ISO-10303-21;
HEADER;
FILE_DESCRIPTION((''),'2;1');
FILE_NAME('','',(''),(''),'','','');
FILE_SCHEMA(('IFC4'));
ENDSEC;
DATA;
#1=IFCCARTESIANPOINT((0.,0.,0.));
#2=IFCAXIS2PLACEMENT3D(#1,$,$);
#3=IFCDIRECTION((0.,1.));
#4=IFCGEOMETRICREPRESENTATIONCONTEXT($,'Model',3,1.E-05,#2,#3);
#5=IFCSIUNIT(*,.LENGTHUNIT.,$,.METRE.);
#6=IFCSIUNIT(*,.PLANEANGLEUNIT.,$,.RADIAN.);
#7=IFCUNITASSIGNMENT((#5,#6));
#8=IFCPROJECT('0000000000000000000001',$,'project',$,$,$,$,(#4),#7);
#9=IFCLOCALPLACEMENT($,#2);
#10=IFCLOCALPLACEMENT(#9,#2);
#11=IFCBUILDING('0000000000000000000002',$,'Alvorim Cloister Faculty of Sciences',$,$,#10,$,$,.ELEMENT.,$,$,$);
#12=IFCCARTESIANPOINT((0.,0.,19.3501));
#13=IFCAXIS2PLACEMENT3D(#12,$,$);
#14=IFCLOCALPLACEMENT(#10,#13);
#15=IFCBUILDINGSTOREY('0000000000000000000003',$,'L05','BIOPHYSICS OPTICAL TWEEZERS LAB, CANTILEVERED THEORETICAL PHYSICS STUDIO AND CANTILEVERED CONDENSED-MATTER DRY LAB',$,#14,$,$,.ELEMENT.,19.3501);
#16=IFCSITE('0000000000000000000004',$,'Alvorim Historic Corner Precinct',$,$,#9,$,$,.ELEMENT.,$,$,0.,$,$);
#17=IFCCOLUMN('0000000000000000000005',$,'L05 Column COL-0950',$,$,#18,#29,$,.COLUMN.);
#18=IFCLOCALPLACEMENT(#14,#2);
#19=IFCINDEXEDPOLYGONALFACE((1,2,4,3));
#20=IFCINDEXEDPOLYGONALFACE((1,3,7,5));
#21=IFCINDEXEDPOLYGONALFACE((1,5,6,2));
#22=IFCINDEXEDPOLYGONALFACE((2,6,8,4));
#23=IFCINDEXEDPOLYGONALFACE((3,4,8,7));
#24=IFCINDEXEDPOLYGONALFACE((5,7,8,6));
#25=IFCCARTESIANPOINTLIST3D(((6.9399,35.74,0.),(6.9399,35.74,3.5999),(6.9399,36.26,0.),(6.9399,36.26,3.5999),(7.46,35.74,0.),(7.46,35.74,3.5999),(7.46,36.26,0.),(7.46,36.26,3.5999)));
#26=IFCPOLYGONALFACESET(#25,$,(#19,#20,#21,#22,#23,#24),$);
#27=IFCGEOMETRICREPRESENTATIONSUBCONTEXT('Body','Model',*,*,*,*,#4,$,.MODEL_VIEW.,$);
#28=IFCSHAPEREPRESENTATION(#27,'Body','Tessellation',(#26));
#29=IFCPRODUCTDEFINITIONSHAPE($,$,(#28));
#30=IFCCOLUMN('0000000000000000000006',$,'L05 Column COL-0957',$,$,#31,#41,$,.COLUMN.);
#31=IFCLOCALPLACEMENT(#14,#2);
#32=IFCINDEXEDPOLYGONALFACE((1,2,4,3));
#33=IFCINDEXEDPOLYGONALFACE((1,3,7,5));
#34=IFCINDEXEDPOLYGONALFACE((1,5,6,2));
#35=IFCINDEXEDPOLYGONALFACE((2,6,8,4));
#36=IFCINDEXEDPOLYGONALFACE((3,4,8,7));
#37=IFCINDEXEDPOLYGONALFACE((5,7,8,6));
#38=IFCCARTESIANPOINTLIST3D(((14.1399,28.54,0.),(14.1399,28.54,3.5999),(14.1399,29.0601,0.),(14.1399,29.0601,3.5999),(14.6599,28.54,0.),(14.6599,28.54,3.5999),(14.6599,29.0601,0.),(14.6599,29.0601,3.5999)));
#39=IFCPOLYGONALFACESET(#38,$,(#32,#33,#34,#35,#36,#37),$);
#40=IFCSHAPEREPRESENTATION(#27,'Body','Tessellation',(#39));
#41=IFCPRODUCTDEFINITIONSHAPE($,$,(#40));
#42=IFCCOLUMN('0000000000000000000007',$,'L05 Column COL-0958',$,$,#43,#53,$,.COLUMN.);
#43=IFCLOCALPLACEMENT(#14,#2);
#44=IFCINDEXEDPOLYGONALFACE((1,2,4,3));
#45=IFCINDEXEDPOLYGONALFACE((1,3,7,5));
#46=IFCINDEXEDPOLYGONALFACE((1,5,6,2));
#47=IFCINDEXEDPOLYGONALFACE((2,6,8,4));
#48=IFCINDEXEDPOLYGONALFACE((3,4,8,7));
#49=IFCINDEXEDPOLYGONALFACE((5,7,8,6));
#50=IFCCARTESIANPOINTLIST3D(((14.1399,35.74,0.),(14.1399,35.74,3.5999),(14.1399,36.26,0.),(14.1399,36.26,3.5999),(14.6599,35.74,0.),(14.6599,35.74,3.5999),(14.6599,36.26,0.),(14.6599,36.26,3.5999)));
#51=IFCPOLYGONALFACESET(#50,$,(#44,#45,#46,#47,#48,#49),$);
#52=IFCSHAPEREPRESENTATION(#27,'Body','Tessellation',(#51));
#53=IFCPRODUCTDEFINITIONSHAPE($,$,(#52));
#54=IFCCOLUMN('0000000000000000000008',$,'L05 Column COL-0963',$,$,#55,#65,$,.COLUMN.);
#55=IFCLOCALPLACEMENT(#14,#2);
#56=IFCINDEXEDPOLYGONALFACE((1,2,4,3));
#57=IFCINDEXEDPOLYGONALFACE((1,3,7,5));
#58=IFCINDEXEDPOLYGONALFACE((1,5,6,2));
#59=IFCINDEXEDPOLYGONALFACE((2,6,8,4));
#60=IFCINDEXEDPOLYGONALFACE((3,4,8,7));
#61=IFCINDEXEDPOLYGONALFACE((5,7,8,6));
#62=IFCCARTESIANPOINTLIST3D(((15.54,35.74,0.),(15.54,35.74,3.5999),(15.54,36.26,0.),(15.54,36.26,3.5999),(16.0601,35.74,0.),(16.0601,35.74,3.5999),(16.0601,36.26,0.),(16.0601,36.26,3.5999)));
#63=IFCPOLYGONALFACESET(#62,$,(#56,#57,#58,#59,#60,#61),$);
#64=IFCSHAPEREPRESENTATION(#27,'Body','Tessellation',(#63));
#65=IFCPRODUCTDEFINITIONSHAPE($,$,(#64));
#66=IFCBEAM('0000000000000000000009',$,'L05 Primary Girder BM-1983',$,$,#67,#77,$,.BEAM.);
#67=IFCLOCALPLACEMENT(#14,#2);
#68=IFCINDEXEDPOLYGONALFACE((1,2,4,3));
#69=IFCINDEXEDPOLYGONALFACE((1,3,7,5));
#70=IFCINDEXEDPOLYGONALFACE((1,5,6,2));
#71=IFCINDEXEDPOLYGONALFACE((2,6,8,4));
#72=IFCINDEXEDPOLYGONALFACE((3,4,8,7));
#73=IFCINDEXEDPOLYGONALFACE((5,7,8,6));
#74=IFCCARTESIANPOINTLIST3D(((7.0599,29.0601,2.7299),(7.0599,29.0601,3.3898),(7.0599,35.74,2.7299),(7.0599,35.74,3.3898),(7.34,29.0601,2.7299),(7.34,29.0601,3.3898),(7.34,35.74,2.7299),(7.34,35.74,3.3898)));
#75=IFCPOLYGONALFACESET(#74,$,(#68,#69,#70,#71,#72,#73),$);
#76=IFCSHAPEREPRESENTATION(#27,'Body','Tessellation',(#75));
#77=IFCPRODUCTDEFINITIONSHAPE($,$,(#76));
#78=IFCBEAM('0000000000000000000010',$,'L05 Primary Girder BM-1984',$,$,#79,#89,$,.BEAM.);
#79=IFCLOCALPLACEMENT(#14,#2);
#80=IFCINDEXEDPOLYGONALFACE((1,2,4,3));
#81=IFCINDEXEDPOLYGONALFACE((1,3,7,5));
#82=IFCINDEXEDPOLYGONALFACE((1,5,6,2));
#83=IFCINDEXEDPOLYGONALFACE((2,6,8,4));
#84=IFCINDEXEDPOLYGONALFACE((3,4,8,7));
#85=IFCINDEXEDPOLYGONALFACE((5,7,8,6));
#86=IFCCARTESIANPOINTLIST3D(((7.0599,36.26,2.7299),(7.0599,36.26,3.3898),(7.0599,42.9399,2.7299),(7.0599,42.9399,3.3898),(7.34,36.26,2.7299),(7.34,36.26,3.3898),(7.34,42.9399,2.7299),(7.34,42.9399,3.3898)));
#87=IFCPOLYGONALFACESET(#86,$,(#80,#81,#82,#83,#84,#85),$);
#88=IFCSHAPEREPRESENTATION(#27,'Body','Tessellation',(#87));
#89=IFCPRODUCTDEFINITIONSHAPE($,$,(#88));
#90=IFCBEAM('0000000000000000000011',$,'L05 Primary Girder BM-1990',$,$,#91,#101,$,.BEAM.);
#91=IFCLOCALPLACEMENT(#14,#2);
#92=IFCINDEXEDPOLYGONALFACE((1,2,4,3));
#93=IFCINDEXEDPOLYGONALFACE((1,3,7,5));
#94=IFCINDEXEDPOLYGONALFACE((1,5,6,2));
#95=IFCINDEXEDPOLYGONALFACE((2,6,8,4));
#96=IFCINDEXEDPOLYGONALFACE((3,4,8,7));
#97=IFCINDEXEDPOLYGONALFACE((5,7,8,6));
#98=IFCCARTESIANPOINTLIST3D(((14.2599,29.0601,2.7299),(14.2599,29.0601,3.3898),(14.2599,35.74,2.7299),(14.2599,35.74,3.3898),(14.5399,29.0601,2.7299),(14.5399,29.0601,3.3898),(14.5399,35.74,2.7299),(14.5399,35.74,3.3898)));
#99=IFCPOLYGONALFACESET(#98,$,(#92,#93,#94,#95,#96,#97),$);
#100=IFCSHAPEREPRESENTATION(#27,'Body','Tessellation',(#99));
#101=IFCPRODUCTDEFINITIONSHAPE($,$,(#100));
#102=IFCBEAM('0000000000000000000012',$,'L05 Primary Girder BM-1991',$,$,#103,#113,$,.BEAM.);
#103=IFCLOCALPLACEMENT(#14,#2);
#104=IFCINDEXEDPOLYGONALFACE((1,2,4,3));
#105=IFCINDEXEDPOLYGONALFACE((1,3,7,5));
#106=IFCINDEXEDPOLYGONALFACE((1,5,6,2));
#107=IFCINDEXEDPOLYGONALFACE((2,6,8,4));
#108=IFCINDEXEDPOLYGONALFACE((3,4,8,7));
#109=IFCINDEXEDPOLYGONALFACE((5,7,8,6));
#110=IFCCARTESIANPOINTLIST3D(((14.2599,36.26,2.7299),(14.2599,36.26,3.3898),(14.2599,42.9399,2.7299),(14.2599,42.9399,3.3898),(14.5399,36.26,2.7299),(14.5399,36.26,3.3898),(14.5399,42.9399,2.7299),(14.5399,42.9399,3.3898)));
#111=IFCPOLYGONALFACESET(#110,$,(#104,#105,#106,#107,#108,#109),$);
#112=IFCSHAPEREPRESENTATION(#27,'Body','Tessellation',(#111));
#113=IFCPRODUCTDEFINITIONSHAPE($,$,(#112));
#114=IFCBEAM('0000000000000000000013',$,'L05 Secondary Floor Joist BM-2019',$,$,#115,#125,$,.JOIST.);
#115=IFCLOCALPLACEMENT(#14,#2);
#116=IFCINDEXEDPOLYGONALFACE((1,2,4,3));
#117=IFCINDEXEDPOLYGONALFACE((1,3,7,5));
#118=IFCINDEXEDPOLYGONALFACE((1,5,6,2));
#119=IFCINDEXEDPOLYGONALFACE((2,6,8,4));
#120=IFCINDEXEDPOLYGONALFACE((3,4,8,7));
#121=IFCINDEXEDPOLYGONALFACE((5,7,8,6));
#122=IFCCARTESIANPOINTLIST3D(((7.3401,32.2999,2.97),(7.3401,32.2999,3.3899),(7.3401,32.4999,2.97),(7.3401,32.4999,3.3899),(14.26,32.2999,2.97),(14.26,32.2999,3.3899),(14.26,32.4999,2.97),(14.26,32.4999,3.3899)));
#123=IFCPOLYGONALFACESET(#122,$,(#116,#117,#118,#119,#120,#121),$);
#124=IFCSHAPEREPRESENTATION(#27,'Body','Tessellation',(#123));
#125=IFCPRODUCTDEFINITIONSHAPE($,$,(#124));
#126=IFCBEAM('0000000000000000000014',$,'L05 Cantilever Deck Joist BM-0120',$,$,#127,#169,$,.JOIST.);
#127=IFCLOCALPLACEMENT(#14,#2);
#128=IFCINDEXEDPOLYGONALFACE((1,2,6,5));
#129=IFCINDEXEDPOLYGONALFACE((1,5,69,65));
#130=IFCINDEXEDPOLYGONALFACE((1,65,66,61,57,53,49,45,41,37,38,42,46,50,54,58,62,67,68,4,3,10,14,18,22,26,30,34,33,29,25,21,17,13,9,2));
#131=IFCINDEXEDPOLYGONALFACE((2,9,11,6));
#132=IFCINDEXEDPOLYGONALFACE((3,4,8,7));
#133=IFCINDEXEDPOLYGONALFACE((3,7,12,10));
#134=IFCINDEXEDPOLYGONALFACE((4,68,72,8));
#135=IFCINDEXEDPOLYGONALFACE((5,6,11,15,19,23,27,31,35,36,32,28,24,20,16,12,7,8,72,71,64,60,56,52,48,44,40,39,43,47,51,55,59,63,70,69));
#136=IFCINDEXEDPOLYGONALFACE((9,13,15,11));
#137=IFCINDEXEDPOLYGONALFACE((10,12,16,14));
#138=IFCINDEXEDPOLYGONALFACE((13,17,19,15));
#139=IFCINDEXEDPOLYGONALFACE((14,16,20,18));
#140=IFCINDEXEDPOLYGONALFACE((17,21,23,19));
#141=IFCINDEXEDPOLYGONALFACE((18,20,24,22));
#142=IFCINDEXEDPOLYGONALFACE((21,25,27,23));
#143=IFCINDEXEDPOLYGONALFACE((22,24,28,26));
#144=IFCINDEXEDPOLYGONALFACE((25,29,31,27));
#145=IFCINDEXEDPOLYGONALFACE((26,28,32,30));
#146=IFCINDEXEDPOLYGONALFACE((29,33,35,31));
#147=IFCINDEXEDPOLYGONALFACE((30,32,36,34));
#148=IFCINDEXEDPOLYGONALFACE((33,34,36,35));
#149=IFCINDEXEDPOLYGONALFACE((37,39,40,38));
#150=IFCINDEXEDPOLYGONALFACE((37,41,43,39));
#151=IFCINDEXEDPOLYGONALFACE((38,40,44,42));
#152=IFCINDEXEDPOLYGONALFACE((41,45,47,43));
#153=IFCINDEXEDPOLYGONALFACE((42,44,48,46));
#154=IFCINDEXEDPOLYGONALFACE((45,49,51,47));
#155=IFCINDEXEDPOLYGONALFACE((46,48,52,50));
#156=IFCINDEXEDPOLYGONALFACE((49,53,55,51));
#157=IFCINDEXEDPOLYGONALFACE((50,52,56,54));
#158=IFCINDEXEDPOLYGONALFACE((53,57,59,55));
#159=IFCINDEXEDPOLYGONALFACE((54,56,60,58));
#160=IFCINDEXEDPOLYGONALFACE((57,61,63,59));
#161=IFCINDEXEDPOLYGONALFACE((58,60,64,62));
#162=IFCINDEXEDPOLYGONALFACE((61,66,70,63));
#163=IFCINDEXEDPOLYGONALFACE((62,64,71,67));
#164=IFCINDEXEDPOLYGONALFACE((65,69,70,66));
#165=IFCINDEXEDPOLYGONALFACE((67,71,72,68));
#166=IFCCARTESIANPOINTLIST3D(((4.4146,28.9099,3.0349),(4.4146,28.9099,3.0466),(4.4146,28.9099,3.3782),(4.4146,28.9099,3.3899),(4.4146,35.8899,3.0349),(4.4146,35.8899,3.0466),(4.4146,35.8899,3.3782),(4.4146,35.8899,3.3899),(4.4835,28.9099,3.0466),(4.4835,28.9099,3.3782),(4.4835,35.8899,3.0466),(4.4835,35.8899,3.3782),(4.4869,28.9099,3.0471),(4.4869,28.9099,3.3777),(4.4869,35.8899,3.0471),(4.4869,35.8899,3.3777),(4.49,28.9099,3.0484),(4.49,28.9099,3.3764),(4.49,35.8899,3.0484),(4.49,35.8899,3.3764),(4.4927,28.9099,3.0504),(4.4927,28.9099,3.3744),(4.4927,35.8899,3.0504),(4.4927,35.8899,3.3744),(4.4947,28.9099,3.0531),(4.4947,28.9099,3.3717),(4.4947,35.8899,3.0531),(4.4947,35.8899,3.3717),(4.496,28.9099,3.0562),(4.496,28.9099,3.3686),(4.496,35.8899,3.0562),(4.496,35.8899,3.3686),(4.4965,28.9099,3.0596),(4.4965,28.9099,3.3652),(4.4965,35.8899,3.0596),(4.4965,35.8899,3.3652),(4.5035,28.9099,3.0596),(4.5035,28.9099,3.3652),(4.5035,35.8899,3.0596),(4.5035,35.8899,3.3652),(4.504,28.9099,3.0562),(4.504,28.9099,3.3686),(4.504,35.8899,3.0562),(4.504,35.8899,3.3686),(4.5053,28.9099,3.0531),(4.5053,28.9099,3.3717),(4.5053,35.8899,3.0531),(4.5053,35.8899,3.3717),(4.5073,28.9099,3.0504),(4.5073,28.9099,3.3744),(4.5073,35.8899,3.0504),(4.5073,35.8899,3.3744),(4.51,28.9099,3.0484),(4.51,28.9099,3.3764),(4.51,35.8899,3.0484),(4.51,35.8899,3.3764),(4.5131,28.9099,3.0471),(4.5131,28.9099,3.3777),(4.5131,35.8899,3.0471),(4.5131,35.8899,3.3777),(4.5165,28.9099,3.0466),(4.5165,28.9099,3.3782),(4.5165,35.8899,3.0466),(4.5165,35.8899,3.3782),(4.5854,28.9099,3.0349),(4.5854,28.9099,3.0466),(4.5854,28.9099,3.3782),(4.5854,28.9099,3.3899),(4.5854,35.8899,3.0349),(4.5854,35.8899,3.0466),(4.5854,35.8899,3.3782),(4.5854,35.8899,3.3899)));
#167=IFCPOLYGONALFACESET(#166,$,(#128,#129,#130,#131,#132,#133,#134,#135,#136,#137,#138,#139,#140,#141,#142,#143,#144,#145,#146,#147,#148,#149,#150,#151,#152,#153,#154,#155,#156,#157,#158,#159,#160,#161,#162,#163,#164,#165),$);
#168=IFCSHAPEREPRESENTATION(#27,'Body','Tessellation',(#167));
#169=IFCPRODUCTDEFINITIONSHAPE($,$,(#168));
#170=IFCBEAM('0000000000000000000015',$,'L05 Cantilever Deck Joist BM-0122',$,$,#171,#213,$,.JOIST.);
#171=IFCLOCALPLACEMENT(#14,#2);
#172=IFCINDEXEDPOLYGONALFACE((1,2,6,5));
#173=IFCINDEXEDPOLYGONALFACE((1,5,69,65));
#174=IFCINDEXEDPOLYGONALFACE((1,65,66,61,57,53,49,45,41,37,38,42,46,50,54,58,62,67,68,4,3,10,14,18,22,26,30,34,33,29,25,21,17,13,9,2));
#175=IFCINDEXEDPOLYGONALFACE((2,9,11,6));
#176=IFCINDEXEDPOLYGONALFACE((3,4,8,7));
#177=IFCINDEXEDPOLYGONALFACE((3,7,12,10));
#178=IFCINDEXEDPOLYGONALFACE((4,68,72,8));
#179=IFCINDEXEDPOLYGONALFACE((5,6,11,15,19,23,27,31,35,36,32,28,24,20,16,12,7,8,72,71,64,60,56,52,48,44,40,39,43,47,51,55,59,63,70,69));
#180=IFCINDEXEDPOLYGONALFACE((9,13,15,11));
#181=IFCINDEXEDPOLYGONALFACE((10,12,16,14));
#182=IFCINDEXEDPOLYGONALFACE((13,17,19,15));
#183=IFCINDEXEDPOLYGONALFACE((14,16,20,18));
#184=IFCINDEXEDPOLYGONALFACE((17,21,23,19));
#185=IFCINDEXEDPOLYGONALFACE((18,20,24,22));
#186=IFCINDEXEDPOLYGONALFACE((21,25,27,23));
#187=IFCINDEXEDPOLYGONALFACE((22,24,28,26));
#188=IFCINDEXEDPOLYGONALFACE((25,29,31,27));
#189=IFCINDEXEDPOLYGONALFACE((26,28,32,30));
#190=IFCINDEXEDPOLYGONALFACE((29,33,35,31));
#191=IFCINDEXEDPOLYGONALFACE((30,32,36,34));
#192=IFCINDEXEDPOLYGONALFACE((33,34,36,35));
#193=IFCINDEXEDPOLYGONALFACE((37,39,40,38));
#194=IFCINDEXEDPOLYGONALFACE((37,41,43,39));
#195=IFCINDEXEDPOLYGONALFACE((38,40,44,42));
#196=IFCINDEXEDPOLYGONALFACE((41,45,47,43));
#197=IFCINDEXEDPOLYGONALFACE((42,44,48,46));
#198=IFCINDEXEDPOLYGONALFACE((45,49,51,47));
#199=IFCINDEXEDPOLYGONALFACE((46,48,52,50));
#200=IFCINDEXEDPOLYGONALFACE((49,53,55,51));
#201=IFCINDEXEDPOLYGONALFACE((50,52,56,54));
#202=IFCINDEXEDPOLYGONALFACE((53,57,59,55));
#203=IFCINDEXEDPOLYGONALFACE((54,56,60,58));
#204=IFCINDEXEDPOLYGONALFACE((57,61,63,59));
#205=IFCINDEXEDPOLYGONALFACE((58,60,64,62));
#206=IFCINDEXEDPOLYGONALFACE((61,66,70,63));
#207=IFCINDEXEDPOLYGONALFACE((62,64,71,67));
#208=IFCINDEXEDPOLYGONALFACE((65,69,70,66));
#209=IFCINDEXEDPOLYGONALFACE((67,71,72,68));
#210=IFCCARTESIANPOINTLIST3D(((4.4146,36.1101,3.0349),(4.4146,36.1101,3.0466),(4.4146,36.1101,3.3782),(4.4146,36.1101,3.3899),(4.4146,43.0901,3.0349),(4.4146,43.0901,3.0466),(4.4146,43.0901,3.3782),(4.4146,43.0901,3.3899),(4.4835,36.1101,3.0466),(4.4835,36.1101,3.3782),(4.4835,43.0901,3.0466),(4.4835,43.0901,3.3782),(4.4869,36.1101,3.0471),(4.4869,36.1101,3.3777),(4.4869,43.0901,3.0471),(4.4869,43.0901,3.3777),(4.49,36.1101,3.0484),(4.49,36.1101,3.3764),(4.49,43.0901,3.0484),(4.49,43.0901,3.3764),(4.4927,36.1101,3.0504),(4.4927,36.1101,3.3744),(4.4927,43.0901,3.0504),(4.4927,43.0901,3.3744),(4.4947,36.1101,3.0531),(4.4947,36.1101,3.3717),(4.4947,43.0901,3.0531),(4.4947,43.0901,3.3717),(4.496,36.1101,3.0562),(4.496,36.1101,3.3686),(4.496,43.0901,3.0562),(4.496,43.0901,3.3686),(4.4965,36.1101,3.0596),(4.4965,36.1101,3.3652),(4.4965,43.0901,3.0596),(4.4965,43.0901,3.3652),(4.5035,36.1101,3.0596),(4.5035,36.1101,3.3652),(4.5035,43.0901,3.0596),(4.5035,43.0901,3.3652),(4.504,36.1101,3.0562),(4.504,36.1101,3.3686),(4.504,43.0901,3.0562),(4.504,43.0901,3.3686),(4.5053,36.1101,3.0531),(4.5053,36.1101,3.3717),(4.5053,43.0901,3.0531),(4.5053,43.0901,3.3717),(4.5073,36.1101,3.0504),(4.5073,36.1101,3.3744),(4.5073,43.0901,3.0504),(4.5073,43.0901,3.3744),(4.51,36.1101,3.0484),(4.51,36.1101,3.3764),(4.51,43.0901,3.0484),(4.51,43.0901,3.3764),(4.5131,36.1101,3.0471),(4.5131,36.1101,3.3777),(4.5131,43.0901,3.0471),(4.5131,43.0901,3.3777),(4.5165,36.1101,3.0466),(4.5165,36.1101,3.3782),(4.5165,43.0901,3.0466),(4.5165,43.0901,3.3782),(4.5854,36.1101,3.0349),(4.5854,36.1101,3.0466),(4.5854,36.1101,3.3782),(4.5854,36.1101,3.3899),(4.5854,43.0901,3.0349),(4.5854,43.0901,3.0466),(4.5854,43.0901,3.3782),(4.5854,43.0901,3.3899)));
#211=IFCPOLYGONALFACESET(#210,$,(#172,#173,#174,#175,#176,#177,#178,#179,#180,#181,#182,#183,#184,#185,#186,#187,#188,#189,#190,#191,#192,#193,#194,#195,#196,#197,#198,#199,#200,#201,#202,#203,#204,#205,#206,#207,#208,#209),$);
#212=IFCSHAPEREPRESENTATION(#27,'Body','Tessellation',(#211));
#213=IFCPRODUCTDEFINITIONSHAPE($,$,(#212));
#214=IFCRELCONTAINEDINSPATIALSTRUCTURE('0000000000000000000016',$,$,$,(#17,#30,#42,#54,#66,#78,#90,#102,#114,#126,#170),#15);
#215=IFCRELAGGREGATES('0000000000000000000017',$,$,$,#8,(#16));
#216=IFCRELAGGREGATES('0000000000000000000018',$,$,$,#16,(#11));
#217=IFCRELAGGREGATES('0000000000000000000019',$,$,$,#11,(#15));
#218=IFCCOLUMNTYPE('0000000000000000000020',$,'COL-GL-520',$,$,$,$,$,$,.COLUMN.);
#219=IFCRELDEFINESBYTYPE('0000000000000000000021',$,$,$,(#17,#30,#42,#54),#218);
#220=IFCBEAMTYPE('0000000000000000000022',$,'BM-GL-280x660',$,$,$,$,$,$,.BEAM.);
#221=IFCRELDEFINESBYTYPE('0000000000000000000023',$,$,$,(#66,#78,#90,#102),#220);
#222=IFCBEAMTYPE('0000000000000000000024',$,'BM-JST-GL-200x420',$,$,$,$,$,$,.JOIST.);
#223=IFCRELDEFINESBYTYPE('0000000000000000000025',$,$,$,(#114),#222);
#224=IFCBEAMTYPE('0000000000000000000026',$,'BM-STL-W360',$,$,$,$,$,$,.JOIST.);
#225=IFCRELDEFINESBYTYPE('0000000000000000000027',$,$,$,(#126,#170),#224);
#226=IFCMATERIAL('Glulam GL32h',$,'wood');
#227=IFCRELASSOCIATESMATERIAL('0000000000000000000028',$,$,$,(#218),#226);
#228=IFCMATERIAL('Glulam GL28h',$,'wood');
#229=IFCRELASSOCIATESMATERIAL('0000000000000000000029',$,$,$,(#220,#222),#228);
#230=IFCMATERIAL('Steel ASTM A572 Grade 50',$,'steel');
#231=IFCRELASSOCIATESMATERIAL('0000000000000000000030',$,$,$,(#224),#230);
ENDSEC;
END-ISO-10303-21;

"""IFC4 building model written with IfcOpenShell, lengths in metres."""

from ifc_helpers import new_model, si_unit, direction, frame, origin, origin_2d, place, context, subcontext, project, spatial, rectangle, i_section, extrude, material, material_profile, profile_set, type_object, element, save


model = new_model("IFC4")

# Units and contexts
model_context = context("Model", 3, precision=1e-05, world=origin(), true_north=direction((0.0, 1.0)))
body_context = subcontext(model_context, "Body", "Model", "MODEL_VIEW")
ifc_project = project(units=[si_unit("LENGTHUNIT", "METRE"), si_unit("PLANEANGLEUNIT", "RADIAN")], contexts=[model_context])

# Site, building, storey
site_placement = place(None, origin())
site = spatial("IfcSite", under=ifc_project, at=site_placement, Name="Alvorim Historic Corner Precinct", CompositionType="ELEMENT", RefElevation=0.0)
building_placement = place(site_placement, origin())
building = spatial("IfcBuilding", under=site, at=building_placement, Name="Alvorim Cloister Faculty of Sciences", CompositionType="ELEMENT")
storey_placement = place(building_placement, frame((0.0, 0.0, 19.3501)))
storey = spatial("IfcBuildingStorey", under=building, at=storey_placement, Name="L05", Description="BIOPHYSICS OPTICAL TWEEZERS LAB, CANTILEVERED THEORETICAL PHYSICS STUDIO AND CANTILEVERED CONDENSED-MATTER DRY LAB", CompositionType="ELEMENT", Elevation=19.3501)

# Columns
ifc_material_1 = material(Name="Glulam GL32h", Category="wood")
ifc_material_profile_1 = material_profile(ifc_material_1, rectangle(XDim=0.52, YDim=0.52, at=origin_2d()), Name="GL32-COL-520x520")
ifc_profile_set_1 = profile_set([ifc_material_profile_1], Name="Glulam GL32h")
column_type = type_object("IfcColumnType", Name="COL-GL-520", PredefinedType="COLUMN", material=ifc_profile_set_1)
for number, where, z_axis, x_axis, name in (
    (1, (7.2, 36.0, 0.0), (0.0, 0.0, 1.0), (1.0, 0.0, 0.0), "L05 Column COL-0950"),
    (2, (14.3999, 28.8, 0.0), (0.0, 0.0, 1.0), (1.0, 0.0, 0.0), "L05 Column COL-0957"),
    (3, (14.3999, 36.0, 0.0), (0.0, 0.0, 1.0), (1.0, 0.0, 0.0), "L05 Column COL-0958"),
    (4, (15.8, 36.0, 0.0), (0.0, 0.0, 1.0), (1.0, 0.0, 0.0), "L05 Column COL-0963"),
):
    element("IfcColumn", number, at=place(storey_placement, frame(where, z_axis=z_axis, x_axis=x_axis)), inside=storey, type_object=column_type, Name=name, PredefinedType="COLUMN", context=body_context, shape_type="SweptSolid", body=[
        extrude(rectangle(XDim=0.52, YDim=0.52, at=origin_2d()), origin(), (0.0, 0.0, 1.0), 3.5999),
    ])

# Beams
ifc_material_2 = material(Name="Glulam GL28h", Category="wood")
ifc_material_profile_2 = material_profile(ifc_material_2, rectangle(XDim=0.28, YDim=0.6599, at=origin_2d()), Name="GL28-BM-280x660")
ifc_profile_set_2 = profile_set([ifc_material_profile_2], Name="Glulam GL28h")
beam_type_1 = type_object("IfcBeamType", Name="BM-GL-280x660", PredefinedType="BEAM", material=ifc_profile_set_2)
for number, where, z_axis, x_axis, name in (
    (5, (7.2, 29.0601, 3.0598), (0.0, 1.0, 0.0), (-1.0, 0.0, 0.0), "L05 Primary Girder BM-1983"),
    (6, (7.2, 36.26, 3.0598), (0.0, 1.0, 0.0), (-1.0, 0.0, 0.0), "L05 Primary Girder BM-1984"),
    (7, (14.3999, 29.0601, 3.0598), (0.0, 1.0, 0.0), (-1.0, 0.0, 0.0), "L05 Primary Girder BM-1990"),
    (8, (14.3999, 36.26, 3.0598), (0.0, 1.0, 0.0), (-1.0, 0.0, 0.0), "L05 Primary Girder BM-1991"),
):
    element("IfcBeam", number, at=place(storey_placement, frame(where, z_axis=z_axis, x_axis=x_axis)), inside=storey, type_object=beam_type_1, Name=name, PredefinedType="BEAM", context=body_context, shape_type="SweptSolid", body=[
        extrude(rectangle(XDim=0.28, YDim=0.6599, at=origin_2d()), origin(), (0.0, 0.0, 1.0), 6.6799),
    ])
ifc_material_profile_3 = material_profile(ifc_material_2, rectangle(XDim=0.2, YDim=0.4199, at=origin_2d()), Name="GL28-JST-200x420")
ifc_profile_set_3 = profile_set([ifc_material_profile_3], Name="Glulam GL28h")
beam_type_2 = type_object("IfcBeamType", Name="BM-JST-GL-200x420", PredefinedType="JOIST", material=ifc_profile_set_3)
beam_1_placement = place(storey_placement, frame((7.3401, 32.3999, 3.1799), z_axis=(1.0, 0.0, 0.0), x_axis=(0.0, 1.0, 0.0)))
element("IfcBeam", 9, at=beam_1_placement, inside=storey, type_object=beam_type_2, Name="L05 Secondary Floor Joist BM-2019", PredefinedType="JOIST", context=body_context, shape_type="SweptSolid", body=[
    extrude(rectangle(XDim=0.2, YDim=0.4199, at=origin_2d()), origin(), (0.0, 0.0, 1.0), 6.9199),
])
ifc_material_3 = material(Name="Steel ASTM A572 Grade 50", Category="steel")
ifc_material_profile_4 = material_profile(ifc_material_3, i_section(OverallWidth=0.1709, OverallDepth=0.355, WebThickness=0.0071, FlangeThickness=0.0117, FilletRadius=0.0129, at=origin_2d()), Name="W360x51.0")
ifc_profile_set_4 = profile_set([ifc_material_profile_4], Name="Steel ASTM A572 Grade 50")
beam_type_3 = type_object("IfcBeamType", Name="BM-STL-W360", PredefinedType="JOIST", material=ifc_profile_set_4)
for number, where, z_axis, x_axis, name in (
    (10, (4.5, 28.9099, 3.2124), (0.0, 1.0, 0.0), (-1.0, 0.0, 0.0), "L05 Cantilever Deck Joist BM-0120"),
    (11, (4.5, 36.1101, 3.2124), (0.0, 1.0, 0.0), (-1.0, 0.0, 0.0), "L05 Cantilever Deck Joist BM-0122"),
):
    element("IfcBeam", number, at=place(storey_placement, frame(where, z_axis=z_axis, x_axis=x_axis)), inside=storey, type_object=beam_type_3, Name=name, PredefinedType="JOIST", context=body_context, shape_type="SweptSolid", body=[
        extrude(i_section(OverallWidth=0.1709, OverallDepth=0.355, WebThickness=0.0071, FlangeThickness=0.0117, FilletRadius=0.0129, at=origin_2d()), origin(), (0.0, 0.0, 1.0), 6.98),
    ])

save(model, "model.ifc")
